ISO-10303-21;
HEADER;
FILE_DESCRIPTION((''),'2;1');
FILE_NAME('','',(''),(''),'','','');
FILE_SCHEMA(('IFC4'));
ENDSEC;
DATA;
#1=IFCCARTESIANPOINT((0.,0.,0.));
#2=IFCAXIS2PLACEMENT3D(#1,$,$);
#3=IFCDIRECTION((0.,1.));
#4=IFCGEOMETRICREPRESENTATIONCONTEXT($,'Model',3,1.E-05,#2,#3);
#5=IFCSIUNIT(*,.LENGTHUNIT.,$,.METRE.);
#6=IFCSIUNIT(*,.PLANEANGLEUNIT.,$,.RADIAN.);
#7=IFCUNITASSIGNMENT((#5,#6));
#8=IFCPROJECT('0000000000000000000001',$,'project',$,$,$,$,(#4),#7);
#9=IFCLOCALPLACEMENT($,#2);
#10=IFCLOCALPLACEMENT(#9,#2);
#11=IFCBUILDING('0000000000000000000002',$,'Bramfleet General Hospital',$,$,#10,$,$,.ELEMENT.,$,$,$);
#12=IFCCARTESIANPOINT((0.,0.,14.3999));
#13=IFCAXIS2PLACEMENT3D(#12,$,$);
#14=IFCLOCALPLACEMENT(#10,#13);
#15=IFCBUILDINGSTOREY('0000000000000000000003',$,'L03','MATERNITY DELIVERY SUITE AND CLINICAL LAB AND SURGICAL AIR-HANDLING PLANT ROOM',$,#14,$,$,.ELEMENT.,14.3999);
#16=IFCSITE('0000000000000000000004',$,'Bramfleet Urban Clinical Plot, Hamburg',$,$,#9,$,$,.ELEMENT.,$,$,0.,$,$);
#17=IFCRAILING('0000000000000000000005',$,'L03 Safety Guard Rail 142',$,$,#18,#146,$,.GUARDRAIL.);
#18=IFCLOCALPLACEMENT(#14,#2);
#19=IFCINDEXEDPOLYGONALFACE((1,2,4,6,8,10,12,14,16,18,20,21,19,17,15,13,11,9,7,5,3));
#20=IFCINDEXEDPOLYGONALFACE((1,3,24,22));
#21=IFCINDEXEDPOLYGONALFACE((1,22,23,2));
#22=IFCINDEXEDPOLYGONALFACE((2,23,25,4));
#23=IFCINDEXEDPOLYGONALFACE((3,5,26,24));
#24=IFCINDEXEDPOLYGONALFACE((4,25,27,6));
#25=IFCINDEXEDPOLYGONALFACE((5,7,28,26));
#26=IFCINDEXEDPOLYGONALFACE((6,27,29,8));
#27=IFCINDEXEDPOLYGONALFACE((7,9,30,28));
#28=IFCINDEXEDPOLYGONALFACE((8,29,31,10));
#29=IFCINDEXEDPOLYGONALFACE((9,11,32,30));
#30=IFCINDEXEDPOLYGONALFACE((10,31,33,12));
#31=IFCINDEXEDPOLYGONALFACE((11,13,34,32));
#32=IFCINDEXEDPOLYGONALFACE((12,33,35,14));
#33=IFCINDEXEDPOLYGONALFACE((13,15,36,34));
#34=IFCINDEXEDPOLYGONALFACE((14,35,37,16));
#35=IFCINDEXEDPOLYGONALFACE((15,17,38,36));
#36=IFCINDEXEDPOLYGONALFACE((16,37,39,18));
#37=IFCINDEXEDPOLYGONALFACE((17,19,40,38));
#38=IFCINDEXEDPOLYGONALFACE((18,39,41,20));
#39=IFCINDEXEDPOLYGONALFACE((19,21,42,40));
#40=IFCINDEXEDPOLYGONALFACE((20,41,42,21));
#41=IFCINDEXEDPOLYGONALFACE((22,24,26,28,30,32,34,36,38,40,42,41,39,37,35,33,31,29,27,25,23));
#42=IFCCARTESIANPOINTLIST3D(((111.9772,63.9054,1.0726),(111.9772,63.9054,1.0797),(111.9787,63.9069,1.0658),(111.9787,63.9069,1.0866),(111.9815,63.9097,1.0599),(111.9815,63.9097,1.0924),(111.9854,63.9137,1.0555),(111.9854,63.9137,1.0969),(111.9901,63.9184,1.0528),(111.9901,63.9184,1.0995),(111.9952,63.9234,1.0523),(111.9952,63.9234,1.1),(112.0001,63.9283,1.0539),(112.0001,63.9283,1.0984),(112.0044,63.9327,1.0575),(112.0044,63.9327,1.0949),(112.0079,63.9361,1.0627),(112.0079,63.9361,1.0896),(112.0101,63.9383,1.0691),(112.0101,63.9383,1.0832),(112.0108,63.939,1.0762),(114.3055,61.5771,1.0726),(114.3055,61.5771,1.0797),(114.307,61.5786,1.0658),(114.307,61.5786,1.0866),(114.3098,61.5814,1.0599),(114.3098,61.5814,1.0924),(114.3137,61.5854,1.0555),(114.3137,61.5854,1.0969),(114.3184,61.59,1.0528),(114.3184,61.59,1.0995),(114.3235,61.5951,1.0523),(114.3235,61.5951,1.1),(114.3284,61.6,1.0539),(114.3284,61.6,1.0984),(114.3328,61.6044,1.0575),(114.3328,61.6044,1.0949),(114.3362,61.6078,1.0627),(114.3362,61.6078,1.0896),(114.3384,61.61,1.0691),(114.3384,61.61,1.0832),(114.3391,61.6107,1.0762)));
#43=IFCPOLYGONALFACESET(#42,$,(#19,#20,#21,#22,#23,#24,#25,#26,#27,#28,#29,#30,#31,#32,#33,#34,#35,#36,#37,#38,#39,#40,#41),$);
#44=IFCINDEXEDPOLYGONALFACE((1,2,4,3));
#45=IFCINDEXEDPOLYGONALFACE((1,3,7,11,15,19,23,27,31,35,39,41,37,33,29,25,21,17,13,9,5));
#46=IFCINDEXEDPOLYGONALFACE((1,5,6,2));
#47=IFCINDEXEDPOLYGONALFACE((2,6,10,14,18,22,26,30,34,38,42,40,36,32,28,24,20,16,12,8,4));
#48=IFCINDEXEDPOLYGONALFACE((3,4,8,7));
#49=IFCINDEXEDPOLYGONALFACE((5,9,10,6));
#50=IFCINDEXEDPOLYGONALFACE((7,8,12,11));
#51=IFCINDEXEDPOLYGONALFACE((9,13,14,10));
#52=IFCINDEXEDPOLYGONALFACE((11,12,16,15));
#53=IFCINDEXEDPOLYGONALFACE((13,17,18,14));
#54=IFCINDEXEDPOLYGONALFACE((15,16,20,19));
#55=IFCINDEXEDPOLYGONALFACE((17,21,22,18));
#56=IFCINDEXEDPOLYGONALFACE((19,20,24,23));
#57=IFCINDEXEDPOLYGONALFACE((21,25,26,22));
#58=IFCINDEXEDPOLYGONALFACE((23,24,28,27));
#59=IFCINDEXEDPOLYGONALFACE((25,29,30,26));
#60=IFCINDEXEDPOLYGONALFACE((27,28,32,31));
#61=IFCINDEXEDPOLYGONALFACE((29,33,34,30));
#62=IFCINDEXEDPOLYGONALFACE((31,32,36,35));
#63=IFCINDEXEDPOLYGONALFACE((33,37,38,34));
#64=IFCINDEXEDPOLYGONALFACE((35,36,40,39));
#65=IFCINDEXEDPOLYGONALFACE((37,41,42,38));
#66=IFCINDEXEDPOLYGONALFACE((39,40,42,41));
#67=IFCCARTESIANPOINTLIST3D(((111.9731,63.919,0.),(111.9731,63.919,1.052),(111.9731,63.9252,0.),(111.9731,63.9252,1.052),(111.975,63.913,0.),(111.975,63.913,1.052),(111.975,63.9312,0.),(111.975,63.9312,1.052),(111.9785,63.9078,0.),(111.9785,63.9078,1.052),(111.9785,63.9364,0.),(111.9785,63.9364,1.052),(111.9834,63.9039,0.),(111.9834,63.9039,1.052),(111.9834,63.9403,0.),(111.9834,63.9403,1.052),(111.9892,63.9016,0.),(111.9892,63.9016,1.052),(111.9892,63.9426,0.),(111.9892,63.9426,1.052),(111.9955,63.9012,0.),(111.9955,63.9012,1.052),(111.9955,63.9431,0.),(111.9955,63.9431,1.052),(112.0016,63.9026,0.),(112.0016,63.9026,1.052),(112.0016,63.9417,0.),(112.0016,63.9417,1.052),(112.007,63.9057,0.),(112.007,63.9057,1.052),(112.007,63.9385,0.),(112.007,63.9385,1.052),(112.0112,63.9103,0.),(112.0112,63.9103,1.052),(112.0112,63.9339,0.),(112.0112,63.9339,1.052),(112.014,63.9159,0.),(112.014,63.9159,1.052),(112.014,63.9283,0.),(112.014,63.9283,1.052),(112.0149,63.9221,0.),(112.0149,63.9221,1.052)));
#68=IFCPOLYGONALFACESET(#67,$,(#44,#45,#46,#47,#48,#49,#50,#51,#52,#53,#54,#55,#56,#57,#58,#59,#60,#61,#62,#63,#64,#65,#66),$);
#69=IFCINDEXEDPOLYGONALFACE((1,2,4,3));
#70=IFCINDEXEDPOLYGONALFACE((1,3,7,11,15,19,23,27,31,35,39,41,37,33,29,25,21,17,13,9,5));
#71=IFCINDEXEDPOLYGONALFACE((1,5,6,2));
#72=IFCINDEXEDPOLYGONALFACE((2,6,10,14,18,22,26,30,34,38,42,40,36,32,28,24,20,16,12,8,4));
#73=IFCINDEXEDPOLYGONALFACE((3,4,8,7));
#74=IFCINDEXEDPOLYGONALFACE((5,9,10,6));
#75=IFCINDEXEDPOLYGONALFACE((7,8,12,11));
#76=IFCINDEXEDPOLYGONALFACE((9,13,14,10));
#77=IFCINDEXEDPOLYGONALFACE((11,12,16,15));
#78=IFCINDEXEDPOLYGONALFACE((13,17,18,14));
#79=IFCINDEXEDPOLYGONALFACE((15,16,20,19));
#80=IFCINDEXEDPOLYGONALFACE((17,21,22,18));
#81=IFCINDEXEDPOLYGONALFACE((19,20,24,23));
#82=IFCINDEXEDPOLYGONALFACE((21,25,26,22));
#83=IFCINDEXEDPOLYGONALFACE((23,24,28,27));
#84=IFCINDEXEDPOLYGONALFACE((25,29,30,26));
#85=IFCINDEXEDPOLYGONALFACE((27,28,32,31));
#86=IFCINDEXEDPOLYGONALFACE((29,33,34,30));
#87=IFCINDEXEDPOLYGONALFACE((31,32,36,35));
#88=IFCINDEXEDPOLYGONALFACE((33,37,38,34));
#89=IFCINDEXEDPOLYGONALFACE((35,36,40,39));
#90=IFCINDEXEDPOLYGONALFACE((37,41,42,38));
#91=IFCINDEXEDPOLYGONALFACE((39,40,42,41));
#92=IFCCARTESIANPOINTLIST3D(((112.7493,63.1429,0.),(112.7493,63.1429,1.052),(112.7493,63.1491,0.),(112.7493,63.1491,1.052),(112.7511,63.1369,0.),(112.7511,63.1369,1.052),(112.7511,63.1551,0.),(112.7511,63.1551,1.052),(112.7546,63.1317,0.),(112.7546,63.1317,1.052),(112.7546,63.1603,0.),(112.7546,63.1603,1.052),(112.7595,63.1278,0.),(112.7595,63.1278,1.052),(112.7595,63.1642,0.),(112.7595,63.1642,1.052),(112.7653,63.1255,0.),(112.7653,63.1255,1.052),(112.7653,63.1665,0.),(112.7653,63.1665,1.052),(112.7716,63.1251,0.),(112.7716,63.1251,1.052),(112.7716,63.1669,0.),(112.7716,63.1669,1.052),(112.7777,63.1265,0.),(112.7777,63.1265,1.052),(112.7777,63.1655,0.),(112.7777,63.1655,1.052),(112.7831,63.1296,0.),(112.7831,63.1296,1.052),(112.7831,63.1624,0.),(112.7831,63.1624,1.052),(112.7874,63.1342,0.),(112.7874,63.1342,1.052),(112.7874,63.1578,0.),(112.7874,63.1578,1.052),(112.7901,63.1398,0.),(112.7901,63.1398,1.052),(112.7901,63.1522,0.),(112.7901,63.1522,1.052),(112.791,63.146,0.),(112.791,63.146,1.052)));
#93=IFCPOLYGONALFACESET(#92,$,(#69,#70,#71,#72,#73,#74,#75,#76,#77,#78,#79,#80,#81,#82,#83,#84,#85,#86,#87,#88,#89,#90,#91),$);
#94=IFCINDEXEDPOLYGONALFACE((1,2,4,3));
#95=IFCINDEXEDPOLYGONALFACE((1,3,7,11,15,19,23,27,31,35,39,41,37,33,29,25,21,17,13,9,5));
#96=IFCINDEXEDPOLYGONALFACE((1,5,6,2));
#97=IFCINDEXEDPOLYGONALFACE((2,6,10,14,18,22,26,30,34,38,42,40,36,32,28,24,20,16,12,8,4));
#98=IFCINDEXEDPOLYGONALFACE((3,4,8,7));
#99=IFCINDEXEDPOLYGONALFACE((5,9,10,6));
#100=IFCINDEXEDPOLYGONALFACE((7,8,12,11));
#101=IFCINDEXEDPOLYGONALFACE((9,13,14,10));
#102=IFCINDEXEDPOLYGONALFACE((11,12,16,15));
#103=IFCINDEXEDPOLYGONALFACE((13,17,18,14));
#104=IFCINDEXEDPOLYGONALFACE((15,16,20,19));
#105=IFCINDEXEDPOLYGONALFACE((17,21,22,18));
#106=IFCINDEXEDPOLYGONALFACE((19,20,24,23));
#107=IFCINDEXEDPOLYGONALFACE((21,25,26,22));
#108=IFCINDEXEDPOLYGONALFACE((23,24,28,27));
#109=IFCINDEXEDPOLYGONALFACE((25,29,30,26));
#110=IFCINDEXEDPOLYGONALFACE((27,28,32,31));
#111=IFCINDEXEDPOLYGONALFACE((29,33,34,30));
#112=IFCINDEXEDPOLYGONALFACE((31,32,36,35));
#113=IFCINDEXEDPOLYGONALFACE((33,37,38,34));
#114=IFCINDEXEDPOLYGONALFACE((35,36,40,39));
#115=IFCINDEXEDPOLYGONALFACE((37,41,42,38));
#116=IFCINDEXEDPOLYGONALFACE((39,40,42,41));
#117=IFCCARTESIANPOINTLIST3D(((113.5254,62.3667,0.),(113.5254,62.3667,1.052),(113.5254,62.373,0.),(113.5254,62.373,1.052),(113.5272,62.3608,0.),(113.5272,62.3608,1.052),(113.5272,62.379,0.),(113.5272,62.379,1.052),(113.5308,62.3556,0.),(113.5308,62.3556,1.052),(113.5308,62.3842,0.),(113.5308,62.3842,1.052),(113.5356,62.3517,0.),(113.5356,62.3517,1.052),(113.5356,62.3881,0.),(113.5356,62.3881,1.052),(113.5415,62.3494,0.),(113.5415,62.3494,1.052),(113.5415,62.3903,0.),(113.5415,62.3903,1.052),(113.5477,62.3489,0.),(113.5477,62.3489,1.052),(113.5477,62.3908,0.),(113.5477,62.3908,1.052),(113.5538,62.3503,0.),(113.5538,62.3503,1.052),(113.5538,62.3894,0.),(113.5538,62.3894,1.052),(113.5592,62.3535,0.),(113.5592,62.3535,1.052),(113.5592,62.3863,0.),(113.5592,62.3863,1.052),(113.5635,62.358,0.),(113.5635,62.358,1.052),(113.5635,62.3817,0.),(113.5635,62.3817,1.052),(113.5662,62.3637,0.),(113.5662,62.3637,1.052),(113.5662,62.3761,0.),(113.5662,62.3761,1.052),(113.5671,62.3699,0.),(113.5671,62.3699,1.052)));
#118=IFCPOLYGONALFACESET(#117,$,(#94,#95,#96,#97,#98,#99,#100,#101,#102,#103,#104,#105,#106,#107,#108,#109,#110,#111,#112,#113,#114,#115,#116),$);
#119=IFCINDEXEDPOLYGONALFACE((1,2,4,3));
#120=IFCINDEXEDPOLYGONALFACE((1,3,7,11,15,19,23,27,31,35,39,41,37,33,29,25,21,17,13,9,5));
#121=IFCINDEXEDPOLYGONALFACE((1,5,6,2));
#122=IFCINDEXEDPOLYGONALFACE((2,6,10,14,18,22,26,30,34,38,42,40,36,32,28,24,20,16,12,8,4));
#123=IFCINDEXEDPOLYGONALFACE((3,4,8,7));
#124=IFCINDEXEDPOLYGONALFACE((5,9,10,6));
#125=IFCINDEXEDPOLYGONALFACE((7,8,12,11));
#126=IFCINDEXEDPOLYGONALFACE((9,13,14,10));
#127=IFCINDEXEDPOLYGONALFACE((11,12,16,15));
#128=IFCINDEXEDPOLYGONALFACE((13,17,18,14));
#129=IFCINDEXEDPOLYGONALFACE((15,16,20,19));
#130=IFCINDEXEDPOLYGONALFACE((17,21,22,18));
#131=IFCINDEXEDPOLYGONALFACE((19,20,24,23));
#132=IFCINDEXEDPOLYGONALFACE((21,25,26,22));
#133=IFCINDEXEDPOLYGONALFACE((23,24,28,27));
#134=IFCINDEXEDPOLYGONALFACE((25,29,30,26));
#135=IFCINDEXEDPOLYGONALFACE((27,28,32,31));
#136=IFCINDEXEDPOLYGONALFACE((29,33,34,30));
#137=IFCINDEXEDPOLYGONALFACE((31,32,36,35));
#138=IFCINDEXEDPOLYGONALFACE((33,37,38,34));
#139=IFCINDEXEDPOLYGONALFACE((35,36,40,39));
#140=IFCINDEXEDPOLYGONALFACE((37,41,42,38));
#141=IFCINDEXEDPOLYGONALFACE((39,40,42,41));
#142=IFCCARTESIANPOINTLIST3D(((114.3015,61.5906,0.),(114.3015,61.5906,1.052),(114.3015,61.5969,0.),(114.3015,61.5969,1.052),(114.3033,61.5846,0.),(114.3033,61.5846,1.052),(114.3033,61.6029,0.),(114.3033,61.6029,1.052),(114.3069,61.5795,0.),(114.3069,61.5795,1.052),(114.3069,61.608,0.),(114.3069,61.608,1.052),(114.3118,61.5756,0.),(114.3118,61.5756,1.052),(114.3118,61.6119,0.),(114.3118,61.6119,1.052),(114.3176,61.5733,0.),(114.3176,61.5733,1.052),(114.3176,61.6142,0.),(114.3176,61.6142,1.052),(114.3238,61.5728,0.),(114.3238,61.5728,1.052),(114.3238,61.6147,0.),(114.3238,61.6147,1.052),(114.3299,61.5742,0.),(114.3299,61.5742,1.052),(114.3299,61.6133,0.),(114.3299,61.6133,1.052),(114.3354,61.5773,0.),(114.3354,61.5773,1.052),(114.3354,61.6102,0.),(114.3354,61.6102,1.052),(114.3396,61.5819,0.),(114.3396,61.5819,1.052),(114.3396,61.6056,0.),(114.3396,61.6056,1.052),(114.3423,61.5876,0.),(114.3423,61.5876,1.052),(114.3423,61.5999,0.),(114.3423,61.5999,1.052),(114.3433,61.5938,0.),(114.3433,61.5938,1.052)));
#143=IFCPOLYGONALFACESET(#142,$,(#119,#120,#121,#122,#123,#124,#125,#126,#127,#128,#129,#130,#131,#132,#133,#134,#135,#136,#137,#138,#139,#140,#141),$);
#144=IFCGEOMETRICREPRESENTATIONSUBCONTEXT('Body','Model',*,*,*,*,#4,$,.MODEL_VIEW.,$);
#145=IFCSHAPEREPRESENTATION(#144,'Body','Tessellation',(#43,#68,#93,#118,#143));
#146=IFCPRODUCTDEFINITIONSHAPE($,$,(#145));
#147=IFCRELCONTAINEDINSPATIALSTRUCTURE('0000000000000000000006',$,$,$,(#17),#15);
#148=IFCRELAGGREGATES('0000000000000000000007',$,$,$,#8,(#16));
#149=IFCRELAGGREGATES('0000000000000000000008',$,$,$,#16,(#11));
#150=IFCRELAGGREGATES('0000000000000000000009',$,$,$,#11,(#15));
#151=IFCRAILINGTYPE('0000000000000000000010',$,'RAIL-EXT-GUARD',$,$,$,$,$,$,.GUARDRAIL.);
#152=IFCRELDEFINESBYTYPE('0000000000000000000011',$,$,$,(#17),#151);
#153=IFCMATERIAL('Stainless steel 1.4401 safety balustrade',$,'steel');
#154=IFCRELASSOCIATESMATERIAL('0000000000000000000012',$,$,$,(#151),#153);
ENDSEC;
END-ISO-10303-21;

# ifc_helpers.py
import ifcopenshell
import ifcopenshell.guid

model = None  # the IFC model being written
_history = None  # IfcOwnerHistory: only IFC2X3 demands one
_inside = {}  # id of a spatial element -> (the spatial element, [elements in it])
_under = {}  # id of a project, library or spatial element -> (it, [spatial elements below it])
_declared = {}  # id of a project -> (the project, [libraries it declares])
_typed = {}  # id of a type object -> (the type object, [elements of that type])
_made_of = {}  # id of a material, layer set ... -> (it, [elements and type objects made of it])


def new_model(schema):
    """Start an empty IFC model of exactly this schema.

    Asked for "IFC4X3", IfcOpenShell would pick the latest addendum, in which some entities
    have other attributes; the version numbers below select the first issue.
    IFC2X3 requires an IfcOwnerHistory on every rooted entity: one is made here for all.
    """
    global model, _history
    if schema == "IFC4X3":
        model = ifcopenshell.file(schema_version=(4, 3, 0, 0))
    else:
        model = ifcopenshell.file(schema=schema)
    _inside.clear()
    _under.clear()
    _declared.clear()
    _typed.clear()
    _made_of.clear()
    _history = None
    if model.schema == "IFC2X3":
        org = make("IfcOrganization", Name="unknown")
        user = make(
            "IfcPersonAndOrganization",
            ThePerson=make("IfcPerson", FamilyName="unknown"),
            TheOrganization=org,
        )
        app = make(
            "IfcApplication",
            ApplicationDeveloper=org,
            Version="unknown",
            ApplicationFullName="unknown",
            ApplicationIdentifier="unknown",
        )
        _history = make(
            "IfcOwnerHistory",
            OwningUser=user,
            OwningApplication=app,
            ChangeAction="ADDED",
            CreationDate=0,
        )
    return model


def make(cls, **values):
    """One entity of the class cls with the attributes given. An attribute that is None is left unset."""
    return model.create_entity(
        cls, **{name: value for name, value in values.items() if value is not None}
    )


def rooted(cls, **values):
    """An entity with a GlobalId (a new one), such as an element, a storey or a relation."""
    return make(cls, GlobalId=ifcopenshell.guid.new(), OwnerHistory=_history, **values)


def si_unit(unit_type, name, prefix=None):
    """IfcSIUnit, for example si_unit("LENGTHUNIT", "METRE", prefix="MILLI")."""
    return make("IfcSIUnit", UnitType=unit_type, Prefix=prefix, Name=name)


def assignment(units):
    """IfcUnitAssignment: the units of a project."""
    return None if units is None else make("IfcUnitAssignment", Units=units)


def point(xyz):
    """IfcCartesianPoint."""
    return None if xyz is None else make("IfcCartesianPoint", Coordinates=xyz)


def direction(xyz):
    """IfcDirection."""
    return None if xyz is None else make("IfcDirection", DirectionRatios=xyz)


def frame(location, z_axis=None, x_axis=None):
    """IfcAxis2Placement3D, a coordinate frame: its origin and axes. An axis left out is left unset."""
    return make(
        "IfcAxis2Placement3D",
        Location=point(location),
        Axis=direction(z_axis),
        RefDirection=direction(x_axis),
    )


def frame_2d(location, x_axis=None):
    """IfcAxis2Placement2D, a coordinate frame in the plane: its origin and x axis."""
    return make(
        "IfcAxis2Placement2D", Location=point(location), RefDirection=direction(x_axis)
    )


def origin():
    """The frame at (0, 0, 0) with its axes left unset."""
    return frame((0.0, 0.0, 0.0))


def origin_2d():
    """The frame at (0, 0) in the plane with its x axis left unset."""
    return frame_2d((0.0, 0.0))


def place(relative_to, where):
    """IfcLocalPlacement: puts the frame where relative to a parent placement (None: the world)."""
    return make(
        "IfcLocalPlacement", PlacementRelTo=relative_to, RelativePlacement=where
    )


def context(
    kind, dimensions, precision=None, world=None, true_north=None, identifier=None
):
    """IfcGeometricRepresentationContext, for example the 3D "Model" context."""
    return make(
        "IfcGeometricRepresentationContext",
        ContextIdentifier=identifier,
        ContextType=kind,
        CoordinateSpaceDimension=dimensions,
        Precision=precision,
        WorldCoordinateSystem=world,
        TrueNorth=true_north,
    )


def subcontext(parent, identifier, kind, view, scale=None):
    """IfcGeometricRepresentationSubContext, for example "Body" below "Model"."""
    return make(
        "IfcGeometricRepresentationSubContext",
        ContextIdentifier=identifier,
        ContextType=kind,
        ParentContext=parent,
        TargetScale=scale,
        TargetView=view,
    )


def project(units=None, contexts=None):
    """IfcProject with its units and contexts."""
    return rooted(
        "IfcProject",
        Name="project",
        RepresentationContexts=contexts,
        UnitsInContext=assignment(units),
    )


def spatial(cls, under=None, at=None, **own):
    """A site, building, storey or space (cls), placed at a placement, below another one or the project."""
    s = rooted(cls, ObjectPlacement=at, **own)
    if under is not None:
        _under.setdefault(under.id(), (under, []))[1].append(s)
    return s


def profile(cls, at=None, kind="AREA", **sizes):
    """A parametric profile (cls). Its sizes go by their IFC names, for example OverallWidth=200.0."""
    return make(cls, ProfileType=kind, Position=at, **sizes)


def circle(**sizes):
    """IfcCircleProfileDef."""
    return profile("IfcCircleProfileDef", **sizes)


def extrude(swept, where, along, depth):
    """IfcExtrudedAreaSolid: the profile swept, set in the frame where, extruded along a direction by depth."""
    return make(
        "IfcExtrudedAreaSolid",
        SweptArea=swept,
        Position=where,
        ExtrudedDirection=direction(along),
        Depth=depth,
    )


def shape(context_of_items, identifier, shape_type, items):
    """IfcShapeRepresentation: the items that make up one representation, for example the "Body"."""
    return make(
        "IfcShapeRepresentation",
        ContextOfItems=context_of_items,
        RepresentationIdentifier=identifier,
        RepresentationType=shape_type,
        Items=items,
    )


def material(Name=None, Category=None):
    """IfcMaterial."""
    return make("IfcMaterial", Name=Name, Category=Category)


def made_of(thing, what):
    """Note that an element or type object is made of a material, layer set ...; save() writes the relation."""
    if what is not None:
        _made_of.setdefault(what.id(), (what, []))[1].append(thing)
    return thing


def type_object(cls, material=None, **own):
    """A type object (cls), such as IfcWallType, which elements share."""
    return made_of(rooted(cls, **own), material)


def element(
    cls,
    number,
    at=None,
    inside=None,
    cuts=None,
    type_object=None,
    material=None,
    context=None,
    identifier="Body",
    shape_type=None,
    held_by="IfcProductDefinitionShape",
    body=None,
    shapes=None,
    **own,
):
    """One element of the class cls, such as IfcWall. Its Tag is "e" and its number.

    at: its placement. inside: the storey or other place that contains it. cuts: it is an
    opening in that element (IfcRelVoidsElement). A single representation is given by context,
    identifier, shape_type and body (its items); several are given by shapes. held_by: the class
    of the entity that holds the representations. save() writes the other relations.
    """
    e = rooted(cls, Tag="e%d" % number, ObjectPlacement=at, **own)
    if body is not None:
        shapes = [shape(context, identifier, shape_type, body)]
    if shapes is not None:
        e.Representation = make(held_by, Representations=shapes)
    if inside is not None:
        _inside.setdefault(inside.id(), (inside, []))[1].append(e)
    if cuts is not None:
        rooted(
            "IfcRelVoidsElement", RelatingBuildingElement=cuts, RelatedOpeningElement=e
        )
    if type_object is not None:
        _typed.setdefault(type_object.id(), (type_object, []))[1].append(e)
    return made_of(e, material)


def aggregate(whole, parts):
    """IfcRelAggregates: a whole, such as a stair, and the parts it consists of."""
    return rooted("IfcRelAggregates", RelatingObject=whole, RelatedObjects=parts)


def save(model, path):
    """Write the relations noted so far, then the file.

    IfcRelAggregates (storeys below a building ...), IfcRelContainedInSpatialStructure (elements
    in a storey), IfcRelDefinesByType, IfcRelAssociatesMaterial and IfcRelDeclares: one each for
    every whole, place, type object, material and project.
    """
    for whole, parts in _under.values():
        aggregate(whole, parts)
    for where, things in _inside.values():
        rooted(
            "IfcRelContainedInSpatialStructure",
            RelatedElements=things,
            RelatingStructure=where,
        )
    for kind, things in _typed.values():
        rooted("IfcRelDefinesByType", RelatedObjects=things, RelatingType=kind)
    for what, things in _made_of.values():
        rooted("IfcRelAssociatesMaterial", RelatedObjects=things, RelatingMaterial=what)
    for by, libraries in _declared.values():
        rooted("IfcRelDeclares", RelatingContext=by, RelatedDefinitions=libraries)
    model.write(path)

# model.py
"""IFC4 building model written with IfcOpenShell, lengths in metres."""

from ifc_helpers import new_model, si_unit, direction, frame, origin, origin_2d, place, context, subcontext, project, spatial, circle, extrude, material, type_object, element, save


model = new_model("IFC4")

# Units and contexts
model_context = context("Model", 3, precision=1e-05, world=origin(), true_north=direction((0.0, 1.0)))
body_context = subcontext(model_context, "Body", "Model", "MODEL_VIEW")
ifc_project = project(units=[si_unit("LENGTHUNIT", "METRE"), si_unit("PLANEANGLEUNIT", "RADIAN")], contexts=[model_context])

# Site, building, storey
site_placement = place(None, origin())
site = spatial("IfcSite", under=ifc_project, at=site_placement, Name="Bramfleet Urban Clinical Plot, Hamburg", CompositionType="ELEMENT", RefElevation=0.0)
building_placement = place(site_placement, origin())
building = spatial("IfcBuilding", under=site, at=building_placement, Name="Bramfleet General Hospital", CompositionType="ELEMENT")
storey_placement = place(building_placement, frame((0.0, 0.0, 14.3999)))
storey = spatial("IfcBuildingStorey", under=building, at=storey_placement, Name="L03", Description="MATERNITY DELIVERY SUITE AND CLINICAL LAB AND SURGICAL AIR-HANDLING PLANT ROOM", CompositionType="ELEMENT", Elevation=14.3999)

# Railing
ifc_material_1 = material(Name="Stainless steel 1.4401 safety balustrade", Category="steel")
railing_type = type_object("IfcRailingType", Name="RAIL-EXT-GUARD", PredefinedType="GUARDRAIL", material=ifc_material_1)
railing_1_placement = place(storey_placement, frame((111.9939, 63.9221, 0.0)))
element("IfcRailing", 1, at=railing_1_placement, inside=storey, type_object=railing_type, Name="L03 Safety Guard Rail 142", PredefinedType="GUARDRAIL", context=body_context, shape_type="SweptSolid", body=[
    extrude(circle(Radius=0.0239, at=origin_2d()), frame((0.0, 0.0, 1.0762), z_axis=(0.707107, -0.707107, 0.0), x_axis=(0.707107, 0.707107, 0.0)), (0.0, 0.0, 1.0), 3.2927),
    extrude(circle(Radius=0.021, at=origin_2d()), origin(), (0.0, 0.0, 1.0), 1.052),
    extrude(circle(Radius=0.021, at=origin_2d()), frame((0.7761, -0.7761, 0.0)), (0.0, 0.0, 1.0), 1.052),
    extrude(circle(Radius=0.021, at=origin_2d()), frame((1.5522, -1.5522, 0.0)), (0.0, 0.0, 1.0), 1.052),
    extrude(circle(Radius=0.021, at=origin_2d()), frame((2.3284, -2.3284, 0.0)), (0.0, 0.0, 1.0), 1.052),
])

save(model, "model.ifc")
